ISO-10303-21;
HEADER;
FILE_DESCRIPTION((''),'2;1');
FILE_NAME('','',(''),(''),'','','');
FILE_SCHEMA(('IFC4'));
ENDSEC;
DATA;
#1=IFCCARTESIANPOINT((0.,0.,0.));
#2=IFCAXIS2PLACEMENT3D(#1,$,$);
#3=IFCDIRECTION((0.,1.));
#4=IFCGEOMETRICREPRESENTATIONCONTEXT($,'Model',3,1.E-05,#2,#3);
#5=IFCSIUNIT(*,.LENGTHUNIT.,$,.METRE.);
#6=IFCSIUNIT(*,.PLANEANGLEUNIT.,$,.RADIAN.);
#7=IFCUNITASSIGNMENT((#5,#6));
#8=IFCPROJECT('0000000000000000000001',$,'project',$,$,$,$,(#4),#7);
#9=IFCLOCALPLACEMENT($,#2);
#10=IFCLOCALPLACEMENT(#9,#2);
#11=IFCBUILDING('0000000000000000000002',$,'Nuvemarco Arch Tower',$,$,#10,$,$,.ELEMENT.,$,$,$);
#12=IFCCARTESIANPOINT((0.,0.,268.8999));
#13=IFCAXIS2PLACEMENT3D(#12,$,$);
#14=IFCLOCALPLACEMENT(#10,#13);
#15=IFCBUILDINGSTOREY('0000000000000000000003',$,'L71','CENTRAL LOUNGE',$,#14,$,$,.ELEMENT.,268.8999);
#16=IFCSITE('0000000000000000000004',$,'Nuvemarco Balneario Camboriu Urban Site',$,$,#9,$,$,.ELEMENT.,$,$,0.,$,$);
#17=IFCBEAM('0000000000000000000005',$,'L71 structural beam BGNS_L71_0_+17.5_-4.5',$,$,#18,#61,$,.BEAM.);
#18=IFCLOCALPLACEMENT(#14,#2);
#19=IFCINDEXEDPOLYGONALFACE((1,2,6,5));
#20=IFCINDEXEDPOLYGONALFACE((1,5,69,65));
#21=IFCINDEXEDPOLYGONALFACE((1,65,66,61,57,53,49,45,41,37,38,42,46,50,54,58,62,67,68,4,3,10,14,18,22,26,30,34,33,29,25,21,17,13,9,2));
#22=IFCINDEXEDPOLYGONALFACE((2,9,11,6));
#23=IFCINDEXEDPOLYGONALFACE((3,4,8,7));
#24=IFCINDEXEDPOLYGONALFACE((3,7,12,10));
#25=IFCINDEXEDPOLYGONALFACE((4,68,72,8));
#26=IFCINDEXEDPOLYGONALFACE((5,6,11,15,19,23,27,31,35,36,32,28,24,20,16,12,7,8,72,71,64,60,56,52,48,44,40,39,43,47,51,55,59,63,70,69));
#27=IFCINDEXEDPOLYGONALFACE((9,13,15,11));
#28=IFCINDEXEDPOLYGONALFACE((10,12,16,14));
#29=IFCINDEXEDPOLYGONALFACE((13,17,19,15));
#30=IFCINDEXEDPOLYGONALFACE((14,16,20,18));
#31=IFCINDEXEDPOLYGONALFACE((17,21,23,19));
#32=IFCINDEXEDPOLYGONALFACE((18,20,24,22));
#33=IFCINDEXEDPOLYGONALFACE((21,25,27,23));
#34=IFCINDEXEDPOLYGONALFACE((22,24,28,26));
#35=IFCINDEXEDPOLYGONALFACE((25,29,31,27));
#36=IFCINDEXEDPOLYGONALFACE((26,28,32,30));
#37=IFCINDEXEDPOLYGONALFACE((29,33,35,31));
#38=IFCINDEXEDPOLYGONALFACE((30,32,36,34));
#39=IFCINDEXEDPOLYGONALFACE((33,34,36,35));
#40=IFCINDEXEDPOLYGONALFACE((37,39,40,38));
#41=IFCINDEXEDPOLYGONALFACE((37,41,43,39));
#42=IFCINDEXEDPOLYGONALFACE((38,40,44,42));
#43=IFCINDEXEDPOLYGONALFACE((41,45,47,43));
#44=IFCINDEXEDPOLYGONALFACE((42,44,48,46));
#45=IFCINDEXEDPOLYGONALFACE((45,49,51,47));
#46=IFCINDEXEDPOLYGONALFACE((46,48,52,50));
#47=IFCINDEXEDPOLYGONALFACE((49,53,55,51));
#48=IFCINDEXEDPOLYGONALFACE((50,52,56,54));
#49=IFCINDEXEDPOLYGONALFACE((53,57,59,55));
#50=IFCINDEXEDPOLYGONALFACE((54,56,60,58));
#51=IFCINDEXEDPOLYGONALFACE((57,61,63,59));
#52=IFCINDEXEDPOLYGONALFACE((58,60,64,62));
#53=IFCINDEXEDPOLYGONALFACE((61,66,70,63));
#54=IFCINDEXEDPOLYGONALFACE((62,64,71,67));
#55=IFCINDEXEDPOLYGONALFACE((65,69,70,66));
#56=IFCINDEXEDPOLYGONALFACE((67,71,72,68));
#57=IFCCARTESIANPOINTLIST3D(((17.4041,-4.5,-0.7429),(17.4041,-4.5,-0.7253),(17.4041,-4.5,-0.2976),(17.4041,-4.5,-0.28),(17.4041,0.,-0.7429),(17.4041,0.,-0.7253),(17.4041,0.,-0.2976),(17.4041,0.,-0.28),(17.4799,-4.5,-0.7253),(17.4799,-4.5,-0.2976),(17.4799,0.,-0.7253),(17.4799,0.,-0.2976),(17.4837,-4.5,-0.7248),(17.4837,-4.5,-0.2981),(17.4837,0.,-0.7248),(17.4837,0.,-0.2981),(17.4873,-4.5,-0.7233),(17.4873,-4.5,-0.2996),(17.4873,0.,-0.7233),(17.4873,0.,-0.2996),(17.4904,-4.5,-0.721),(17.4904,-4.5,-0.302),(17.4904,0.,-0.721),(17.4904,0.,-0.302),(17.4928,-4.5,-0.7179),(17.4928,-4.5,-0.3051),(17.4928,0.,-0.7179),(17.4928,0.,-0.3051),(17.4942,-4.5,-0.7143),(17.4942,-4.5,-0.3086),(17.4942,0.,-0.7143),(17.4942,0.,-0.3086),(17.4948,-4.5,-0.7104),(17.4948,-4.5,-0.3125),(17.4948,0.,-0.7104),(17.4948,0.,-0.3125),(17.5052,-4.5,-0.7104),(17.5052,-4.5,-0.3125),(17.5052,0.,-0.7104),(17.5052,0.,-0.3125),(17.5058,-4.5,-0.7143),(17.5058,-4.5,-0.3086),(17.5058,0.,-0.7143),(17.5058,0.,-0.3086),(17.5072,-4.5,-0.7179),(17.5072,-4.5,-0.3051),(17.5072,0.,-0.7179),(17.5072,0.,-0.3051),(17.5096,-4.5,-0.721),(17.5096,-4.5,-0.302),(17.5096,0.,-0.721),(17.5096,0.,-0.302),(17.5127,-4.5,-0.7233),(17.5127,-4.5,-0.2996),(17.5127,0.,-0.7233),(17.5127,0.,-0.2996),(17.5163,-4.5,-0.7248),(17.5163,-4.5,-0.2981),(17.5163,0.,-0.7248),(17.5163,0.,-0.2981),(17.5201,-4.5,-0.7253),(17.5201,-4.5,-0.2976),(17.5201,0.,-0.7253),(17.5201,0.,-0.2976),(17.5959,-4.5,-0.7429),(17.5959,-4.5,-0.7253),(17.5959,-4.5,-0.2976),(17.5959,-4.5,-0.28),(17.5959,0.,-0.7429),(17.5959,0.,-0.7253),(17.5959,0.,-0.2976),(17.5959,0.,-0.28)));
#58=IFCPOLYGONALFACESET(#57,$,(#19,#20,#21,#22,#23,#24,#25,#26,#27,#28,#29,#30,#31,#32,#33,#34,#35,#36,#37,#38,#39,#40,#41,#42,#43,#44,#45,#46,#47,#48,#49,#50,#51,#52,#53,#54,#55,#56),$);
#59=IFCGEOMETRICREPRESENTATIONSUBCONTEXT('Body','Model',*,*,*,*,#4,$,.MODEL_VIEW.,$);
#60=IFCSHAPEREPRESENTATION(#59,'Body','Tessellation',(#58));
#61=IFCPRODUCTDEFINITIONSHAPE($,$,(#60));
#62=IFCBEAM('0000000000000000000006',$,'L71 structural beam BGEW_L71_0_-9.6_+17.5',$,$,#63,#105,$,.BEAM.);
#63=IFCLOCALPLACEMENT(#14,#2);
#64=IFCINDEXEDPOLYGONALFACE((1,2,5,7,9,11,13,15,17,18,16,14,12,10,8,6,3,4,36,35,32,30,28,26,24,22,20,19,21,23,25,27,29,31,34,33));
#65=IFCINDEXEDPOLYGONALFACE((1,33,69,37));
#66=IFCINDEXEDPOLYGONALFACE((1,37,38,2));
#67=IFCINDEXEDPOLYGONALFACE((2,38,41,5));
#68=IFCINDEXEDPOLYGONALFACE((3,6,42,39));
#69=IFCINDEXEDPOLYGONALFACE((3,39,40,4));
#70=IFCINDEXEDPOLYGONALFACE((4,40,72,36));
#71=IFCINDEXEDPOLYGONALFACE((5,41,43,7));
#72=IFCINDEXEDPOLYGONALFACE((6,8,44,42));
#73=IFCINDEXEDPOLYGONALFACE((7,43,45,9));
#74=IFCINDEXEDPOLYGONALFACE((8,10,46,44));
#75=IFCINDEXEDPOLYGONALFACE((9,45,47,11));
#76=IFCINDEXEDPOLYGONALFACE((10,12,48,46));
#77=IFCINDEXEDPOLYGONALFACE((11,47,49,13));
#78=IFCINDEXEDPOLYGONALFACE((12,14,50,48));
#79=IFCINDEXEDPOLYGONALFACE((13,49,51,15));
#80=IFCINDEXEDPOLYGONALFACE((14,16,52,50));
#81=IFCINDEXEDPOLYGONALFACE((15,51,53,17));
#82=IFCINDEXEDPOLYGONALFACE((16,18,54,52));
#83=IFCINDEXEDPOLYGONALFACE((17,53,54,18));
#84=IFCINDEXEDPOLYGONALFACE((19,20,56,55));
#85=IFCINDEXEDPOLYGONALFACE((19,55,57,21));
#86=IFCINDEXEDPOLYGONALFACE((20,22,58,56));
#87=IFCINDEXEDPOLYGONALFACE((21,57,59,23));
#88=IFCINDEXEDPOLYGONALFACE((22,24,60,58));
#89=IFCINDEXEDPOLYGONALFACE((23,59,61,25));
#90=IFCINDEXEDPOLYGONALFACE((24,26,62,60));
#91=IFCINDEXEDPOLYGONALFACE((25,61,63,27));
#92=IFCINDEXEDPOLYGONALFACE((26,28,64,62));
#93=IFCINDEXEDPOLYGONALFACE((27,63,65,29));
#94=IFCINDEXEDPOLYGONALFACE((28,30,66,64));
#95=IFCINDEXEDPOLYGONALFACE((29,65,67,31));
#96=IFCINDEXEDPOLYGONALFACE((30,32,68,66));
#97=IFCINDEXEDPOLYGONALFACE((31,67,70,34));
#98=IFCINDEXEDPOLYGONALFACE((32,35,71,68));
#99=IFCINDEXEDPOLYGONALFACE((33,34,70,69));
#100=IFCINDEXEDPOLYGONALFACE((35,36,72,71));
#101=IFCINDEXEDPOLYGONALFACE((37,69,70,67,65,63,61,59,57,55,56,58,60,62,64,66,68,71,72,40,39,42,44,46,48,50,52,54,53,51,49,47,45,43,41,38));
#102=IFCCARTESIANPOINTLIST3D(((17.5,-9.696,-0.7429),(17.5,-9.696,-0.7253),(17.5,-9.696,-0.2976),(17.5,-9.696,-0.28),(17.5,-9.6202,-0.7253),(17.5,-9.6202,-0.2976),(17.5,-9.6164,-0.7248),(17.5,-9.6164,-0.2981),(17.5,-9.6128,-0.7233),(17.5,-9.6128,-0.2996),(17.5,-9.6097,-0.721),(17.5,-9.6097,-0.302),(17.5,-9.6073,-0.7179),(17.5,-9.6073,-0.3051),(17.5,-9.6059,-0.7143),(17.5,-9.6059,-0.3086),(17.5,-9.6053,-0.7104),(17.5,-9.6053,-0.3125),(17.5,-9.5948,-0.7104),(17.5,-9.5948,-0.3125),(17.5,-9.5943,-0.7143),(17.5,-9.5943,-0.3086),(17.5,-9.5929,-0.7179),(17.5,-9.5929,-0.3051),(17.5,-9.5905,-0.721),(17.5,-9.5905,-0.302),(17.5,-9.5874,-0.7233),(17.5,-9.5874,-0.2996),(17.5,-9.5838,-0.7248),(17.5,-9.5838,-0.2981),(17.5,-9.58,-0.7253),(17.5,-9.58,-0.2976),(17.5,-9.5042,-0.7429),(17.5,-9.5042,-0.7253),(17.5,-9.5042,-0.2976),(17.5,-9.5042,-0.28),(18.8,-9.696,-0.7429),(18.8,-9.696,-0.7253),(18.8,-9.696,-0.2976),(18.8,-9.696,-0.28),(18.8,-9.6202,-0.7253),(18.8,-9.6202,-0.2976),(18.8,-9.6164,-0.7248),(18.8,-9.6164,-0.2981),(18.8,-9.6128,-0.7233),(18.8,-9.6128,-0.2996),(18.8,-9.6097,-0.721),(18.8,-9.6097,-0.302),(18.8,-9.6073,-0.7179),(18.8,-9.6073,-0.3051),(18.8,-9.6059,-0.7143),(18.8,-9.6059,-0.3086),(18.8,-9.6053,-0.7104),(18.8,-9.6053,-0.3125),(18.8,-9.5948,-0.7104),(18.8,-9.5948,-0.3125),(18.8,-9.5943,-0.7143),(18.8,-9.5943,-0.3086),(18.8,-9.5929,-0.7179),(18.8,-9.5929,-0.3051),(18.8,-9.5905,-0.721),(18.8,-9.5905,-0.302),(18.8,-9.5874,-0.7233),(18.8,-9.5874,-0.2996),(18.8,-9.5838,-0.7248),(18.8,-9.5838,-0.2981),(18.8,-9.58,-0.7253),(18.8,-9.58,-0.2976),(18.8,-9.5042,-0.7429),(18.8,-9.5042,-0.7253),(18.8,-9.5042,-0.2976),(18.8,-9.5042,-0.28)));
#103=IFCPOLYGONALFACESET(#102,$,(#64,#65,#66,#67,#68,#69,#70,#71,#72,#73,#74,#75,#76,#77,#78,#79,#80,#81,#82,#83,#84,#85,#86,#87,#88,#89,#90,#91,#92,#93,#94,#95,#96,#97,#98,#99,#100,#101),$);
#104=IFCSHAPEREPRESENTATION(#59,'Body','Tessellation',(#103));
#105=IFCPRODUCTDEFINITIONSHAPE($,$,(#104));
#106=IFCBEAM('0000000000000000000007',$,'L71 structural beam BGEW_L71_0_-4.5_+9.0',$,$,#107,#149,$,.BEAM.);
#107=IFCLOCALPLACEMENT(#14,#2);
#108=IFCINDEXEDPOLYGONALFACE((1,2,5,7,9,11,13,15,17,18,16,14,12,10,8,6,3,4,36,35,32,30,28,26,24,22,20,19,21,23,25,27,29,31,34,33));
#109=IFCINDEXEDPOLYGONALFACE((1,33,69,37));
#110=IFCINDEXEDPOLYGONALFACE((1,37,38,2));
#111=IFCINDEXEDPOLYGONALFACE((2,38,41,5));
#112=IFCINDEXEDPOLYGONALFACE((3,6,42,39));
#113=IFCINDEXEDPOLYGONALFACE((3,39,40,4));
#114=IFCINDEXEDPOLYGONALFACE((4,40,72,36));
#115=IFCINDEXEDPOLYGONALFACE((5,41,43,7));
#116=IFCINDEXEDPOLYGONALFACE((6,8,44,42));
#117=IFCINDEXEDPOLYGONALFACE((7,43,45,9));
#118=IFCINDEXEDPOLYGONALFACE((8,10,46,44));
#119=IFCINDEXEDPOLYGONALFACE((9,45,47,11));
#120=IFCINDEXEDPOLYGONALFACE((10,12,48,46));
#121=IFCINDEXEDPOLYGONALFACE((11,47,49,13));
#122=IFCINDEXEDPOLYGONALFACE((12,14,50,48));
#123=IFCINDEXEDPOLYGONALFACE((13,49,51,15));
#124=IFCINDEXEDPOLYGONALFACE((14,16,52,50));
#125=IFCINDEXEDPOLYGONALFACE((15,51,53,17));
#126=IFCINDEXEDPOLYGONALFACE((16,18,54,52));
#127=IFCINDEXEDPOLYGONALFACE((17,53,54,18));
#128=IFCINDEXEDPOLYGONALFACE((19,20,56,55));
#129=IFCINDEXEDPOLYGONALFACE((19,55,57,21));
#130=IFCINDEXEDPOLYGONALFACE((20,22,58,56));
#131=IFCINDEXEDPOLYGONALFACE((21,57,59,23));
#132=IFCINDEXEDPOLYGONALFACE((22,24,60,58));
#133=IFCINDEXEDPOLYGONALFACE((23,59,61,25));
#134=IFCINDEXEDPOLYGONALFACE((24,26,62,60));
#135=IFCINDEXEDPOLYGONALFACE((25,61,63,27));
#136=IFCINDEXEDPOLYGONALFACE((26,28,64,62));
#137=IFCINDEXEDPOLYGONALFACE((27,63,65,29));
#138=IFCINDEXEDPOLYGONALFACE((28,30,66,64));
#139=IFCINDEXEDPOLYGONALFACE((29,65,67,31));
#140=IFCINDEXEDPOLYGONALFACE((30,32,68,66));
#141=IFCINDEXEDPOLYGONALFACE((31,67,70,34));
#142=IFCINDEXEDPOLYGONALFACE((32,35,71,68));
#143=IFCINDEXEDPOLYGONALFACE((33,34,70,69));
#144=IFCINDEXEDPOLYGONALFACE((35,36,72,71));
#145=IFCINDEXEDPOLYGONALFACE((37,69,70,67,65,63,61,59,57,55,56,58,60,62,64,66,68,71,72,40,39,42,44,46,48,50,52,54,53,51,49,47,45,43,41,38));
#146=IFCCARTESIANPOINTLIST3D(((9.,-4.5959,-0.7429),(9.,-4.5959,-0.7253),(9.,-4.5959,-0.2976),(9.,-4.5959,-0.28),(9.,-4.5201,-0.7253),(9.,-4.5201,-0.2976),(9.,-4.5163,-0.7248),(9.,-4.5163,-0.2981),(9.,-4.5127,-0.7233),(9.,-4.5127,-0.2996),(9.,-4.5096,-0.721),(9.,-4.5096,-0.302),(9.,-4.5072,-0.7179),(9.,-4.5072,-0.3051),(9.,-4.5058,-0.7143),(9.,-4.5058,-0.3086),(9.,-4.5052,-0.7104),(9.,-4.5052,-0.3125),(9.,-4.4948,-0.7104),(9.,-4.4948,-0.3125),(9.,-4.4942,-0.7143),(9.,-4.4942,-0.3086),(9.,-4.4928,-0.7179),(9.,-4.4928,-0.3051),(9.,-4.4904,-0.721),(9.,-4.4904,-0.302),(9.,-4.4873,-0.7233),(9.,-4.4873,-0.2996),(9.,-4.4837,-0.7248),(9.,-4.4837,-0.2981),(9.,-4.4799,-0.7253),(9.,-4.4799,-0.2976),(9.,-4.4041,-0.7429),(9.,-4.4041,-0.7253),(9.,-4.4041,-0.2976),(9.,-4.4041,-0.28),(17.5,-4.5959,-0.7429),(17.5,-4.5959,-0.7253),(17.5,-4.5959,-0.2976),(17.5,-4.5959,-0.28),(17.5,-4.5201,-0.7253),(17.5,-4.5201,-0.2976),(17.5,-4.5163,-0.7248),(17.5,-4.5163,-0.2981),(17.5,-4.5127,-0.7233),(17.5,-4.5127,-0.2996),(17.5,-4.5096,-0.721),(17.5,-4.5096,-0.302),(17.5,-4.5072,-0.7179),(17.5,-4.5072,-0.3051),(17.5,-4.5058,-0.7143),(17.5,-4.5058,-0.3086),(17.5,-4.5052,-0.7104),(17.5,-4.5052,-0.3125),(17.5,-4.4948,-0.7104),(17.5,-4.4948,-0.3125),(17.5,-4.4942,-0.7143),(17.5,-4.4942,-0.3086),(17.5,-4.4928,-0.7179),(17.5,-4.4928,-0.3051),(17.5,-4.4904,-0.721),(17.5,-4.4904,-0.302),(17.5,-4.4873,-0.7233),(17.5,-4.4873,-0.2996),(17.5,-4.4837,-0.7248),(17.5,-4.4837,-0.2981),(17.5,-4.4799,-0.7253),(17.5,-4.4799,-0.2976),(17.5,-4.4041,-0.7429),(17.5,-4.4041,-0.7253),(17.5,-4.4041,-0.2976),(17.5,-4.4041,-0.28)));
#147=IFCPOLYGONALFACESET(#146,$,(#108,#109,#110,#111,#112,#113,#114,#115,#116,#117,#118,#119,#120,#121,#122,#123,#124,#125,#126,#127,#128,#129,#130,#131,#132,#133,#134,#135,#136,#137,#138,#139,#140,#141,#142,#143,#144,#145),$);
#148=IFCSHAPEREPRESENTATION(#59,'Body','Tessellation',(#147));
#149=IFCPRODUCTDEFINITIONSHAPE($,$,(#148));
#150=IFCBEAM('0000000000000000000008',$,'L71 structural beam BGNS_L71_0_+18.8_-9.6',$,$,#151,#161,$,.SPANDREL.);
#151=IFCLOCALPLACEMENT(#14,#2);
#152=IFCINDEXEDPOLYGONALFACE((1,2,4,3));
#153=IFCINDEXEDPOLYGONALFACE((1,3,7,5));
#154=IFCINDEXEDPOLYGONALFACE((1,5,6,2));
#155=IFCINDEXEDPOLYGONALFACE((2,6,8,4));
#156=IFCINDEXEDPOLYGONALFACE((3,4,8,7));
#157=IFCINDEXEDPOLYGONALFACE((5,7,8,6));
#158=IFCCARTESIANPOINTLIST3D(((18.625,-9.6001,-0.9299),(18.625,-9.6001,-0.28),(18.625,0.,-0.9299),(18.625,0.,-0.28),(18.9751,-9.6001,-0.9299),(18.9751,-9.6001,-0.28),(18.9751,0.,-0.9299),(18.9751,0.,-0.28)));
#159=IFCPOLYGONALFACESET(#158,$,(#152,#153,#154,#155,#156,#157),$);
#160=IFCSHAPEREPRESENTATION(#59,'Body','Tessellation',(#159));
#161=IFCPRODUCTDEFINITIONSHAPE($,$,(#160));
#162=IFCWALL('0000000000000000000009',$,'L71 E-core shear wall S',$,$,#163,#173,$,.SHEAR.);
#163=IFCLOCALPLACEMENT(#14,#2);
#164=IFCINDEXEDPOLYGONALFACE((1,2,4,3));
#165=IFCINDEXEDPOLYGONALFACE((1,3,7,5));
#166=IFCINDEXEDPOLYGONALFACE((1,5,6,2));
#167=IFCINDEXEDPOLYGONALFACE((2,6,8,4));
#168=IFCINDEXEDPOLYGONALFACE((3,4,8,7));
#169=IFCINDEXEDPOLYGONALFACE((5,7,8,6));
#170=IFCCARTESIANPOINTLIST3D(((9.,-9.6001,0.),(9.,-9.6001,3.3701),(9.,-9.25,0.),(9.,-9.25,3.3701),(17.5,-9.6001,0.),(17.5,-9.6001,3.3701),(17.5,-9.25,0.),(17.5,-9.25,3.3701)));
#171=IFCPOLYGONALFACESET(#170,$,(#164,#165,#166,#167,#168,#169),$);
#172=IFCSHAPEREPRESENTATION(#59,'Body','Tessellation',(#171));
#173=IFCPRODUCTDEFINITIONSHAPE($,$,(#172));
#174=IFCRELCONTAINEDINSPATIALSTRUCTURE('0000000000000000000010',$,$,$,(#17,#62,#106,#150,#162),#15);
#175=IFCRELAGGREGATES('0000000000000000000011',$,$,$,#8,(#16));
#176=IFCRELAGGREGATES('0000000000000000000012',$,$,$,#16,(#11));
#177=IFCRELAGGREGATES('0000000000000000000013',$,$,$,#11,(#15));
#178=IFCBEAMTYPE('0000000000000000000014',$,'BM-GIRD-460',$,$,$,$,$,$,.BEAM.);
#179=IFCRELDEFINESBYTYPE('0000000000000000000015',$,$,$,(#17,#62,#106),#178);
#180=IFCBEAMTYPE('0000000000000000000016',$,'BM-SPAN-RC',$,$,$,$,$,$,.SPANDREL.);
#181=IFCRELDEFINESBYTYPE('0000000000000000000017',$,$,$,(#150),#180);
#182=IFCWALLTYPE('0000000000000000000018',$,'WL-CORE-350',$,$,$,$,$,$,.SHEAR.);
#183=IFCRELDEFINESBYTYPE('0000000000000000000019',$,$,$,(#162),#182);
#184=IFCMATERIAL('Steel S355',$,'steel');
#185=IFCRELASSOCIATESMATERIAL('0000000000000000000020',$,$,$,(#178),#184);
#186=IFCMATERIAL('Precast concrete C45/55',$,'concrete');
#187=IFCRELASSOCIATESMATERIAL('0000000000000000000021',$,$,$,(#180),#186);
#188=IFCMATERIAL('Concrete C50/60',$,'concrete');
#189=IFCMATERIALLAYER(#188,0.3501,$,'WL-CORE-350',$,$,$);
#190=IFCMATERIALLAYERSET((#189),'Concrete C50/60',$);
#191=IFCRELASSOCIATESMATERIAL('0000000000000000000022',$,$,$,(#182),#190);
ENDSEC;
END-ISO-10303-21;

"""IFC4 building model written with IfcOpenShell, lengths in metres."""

from ifc_helpers import new_model, si_unit, direction, frame, frame_2d, origin, origin_2d, place, context, subcontext, project, spatial, rectangle, i_section, extrude, material, layer, layer_set, material_profile, profile_set, type_object, element, save


model = new_model("IFC4")

# Units and contexts
model_context = context("Model", 3, precision=1e-05, world=origin(), true_north=direction((0.0, 1.0)))
body_context = subcontext(model_context, "Body", "Model", "MODEL_VIEW")
ifc_project = project(units=[si_unit("LENGTHUNIT", "METRE"), si_unit("PLANEANGLEUNIT", "RADIAN")], contexts=[model_context])

# Site, building, storey
site_placement = place(None, origin())
site = spatial("IfcSite", under=ifc_project, at=site_placement, Name="Nuvemarco Balneario Camboriu Urban Site", CompositionType="ELEMENT", RefElevation=0.0)
building_placement = place(site_placement, origin())
building = spatial("IfcBuilding", under=site, at=building_placement, Name="Nuvemarco Arch Tower", CompositionType="ELEMENT")
storey_placement = place(building_placement, frame((0.0, 0.0, 268.8999)))
storey = spatial("IfcBuildingStorey", under=building, at=storey_placement, Name="L71", Description="CENTRAL LOUNGE", CompositionType="ELEMENT", Elevation=268.8999)

# Shared definitions
ifc_material_1 = material(Name="Concrete C50/60", Category="concrete")
ifc_material_2 = material(Name="Steel S355", Category="steel")

# Beams
ifc_material_profile_1 = material_profile(ifc_material_2, i_section(OverallWidth=0.1919, OverallDepth=0.4629, WebThickness=0.0105, FlangeThickness=0.0176, FilletRadius=0.0149, at=origin_2d()), Name="W460x89")
ifc_profile_set_1 = profile_set([ifc_material_profile_1], Name="Steel S355")
beam_type_1 = type_object("IfcBeamType", Name="BM-GIRD-460", PredefinedType="BEAM", material=ifc_profile_set_1)
beam_1_placement = place(storey_placement, frame((17.5, -4.5, -0.5115), z_axis=(0.0, 1.0, 0.0), x_axis=(-1.0, 0.0, 0.0)))
element("IfcBeam", 1, at=beam_1_placement, inside=storey, type_object=beam_type_1, Name="L71 structural beam BGNS_L71_0_+17.5_-4.5", PredefinedType="BEAM", context=body_context, shape_type="SweptSolid", body=[
    extrude(i_section(OverallWidth=0.1919, OverallDepth=0.4629, WebThickness=0.0105, FlangeThickness=0.0176, FilletRadius=0.0149, at=origin_2d()), origin(), (0.0, 0.0, 1.0), 4.5),
])
beam_2_placement = place(storey_placement, frame((17.5, -9.6001, -0.5115), z_axis=(1.0, 0.0, 0.0), x_axis=(0.0, 1.0, 0.0)))
element("IfcBeam", 2, at=beam_2_placement, inside=storey, type_object=beam_type_1, Name="L71 structural beam BGEW_L71_0_-9.6_+17.5", PredefinedType="BEAM", context=body_context, shape_type="SweptSolid", body=[
    extrude(i_section(OverallWidth=0.1919, OverallDepth=0.4629, WebThickness=0.0105, FlangeThickness=0.0176, FilletRadius=0.0149, at=origin_2d()), origin(), (0.0, 0.0, 1.0), 1.3),
])
beam_3_placement = place(storey_placement, frame((9.0, -4.5, -0.5115), z_axis=(1.0, 0.0, 0.0), x_axis=(0.0, 1.0, 0.0)))
element("IfcBeam", 3, at=beam_3_placement, inside=storey, type_object=beam_type_1, Name="L71 structural beam BGEW_L71_0_-4.5_+9.0", PredefinedType="BEAM", context=body_context, shape_type="SweptSolid", body=[
    extrude(i_section(OverallWidth=0.1919, OverallDepth=0.4629, WebThickness=0.0105, FlangeThickness=0.0176, FilletRadius=0.0149, at=origin_2d()), origin(), (0.0, 0.0, 1.0), 8.5),
])
ifc_material_3 = material(Name="Precast concrete C45/55", Category="concrete")
ifc_material_profile_2 = material_profile(ifc_material_3, rectangle(XDim=0.3501, YDim=0.6499, at=origin_2d()), Name="PC-SP-350x650")
ifc_profile_set_2 = profile_set([ifc_material_profile_2], Name="Precast concrete C45/55")
beam_type_2 = type_object("IfcBeamType", Name="BM-SPAN-RC", PredefinedType="SPANDREL", material=ifc_profile_set_2)
beam_4_placement = place(storey_placement, frame((18.8, -9.6001, -0.605), z_axis=(0.0, 1.0, 0.0), x_axis=(-1.0, 0.0, 0.0)))
element("IfcBeam", 4, at=beam_4_placement, inside=storey, type_object=beam_type_2, Name="L71 structural beam BGNS_L71_0_+18.8_-9.6", PredefinedType="SPANDREL", context=body_context, shape_type="SweptSolid", body=[
    extrude(rectangle(XDim=0.3501, YDim=0.6499, at=origin_2d()), origin(), (0.0, 0.0, 1.0), 9.6001),
])

# Wall
ifc_layer_1 = layer(ifc_material_1, 0.3501, Name="WL-CORE-350")
ifc_layer_set_1 = layer_set([ifc_layer_1], Name="Concrete C50/60")
wall_type_1 = type_object("IfcWallType", Name="WL-CORE-350", PredefinedType="SHEAR", material=ifc_layer_set_1)
wall_1_placement = place(storey_placement, frame((9.0, -9.425, 0.0), z_axis=(0.0, 0.0, 1.0), x_axis=(1.0, 0.0, 0.0)))
element("IfcWall", 5, at=wall_1_placement, inside=storey, type_object=wall_type_1, Name="L71 E-core shear wall S", PredefinedType="SHEAR", context=body_context, shape_type="SweptSolid", body=[
    extrude(rectangle(XDim=8.5, YDim=0.3501, at=frame_2d((4.25, 0.0))), origin(), (0.0, 0.0, 1.0), 3.3701),
])

save(model, "model.ifc")
